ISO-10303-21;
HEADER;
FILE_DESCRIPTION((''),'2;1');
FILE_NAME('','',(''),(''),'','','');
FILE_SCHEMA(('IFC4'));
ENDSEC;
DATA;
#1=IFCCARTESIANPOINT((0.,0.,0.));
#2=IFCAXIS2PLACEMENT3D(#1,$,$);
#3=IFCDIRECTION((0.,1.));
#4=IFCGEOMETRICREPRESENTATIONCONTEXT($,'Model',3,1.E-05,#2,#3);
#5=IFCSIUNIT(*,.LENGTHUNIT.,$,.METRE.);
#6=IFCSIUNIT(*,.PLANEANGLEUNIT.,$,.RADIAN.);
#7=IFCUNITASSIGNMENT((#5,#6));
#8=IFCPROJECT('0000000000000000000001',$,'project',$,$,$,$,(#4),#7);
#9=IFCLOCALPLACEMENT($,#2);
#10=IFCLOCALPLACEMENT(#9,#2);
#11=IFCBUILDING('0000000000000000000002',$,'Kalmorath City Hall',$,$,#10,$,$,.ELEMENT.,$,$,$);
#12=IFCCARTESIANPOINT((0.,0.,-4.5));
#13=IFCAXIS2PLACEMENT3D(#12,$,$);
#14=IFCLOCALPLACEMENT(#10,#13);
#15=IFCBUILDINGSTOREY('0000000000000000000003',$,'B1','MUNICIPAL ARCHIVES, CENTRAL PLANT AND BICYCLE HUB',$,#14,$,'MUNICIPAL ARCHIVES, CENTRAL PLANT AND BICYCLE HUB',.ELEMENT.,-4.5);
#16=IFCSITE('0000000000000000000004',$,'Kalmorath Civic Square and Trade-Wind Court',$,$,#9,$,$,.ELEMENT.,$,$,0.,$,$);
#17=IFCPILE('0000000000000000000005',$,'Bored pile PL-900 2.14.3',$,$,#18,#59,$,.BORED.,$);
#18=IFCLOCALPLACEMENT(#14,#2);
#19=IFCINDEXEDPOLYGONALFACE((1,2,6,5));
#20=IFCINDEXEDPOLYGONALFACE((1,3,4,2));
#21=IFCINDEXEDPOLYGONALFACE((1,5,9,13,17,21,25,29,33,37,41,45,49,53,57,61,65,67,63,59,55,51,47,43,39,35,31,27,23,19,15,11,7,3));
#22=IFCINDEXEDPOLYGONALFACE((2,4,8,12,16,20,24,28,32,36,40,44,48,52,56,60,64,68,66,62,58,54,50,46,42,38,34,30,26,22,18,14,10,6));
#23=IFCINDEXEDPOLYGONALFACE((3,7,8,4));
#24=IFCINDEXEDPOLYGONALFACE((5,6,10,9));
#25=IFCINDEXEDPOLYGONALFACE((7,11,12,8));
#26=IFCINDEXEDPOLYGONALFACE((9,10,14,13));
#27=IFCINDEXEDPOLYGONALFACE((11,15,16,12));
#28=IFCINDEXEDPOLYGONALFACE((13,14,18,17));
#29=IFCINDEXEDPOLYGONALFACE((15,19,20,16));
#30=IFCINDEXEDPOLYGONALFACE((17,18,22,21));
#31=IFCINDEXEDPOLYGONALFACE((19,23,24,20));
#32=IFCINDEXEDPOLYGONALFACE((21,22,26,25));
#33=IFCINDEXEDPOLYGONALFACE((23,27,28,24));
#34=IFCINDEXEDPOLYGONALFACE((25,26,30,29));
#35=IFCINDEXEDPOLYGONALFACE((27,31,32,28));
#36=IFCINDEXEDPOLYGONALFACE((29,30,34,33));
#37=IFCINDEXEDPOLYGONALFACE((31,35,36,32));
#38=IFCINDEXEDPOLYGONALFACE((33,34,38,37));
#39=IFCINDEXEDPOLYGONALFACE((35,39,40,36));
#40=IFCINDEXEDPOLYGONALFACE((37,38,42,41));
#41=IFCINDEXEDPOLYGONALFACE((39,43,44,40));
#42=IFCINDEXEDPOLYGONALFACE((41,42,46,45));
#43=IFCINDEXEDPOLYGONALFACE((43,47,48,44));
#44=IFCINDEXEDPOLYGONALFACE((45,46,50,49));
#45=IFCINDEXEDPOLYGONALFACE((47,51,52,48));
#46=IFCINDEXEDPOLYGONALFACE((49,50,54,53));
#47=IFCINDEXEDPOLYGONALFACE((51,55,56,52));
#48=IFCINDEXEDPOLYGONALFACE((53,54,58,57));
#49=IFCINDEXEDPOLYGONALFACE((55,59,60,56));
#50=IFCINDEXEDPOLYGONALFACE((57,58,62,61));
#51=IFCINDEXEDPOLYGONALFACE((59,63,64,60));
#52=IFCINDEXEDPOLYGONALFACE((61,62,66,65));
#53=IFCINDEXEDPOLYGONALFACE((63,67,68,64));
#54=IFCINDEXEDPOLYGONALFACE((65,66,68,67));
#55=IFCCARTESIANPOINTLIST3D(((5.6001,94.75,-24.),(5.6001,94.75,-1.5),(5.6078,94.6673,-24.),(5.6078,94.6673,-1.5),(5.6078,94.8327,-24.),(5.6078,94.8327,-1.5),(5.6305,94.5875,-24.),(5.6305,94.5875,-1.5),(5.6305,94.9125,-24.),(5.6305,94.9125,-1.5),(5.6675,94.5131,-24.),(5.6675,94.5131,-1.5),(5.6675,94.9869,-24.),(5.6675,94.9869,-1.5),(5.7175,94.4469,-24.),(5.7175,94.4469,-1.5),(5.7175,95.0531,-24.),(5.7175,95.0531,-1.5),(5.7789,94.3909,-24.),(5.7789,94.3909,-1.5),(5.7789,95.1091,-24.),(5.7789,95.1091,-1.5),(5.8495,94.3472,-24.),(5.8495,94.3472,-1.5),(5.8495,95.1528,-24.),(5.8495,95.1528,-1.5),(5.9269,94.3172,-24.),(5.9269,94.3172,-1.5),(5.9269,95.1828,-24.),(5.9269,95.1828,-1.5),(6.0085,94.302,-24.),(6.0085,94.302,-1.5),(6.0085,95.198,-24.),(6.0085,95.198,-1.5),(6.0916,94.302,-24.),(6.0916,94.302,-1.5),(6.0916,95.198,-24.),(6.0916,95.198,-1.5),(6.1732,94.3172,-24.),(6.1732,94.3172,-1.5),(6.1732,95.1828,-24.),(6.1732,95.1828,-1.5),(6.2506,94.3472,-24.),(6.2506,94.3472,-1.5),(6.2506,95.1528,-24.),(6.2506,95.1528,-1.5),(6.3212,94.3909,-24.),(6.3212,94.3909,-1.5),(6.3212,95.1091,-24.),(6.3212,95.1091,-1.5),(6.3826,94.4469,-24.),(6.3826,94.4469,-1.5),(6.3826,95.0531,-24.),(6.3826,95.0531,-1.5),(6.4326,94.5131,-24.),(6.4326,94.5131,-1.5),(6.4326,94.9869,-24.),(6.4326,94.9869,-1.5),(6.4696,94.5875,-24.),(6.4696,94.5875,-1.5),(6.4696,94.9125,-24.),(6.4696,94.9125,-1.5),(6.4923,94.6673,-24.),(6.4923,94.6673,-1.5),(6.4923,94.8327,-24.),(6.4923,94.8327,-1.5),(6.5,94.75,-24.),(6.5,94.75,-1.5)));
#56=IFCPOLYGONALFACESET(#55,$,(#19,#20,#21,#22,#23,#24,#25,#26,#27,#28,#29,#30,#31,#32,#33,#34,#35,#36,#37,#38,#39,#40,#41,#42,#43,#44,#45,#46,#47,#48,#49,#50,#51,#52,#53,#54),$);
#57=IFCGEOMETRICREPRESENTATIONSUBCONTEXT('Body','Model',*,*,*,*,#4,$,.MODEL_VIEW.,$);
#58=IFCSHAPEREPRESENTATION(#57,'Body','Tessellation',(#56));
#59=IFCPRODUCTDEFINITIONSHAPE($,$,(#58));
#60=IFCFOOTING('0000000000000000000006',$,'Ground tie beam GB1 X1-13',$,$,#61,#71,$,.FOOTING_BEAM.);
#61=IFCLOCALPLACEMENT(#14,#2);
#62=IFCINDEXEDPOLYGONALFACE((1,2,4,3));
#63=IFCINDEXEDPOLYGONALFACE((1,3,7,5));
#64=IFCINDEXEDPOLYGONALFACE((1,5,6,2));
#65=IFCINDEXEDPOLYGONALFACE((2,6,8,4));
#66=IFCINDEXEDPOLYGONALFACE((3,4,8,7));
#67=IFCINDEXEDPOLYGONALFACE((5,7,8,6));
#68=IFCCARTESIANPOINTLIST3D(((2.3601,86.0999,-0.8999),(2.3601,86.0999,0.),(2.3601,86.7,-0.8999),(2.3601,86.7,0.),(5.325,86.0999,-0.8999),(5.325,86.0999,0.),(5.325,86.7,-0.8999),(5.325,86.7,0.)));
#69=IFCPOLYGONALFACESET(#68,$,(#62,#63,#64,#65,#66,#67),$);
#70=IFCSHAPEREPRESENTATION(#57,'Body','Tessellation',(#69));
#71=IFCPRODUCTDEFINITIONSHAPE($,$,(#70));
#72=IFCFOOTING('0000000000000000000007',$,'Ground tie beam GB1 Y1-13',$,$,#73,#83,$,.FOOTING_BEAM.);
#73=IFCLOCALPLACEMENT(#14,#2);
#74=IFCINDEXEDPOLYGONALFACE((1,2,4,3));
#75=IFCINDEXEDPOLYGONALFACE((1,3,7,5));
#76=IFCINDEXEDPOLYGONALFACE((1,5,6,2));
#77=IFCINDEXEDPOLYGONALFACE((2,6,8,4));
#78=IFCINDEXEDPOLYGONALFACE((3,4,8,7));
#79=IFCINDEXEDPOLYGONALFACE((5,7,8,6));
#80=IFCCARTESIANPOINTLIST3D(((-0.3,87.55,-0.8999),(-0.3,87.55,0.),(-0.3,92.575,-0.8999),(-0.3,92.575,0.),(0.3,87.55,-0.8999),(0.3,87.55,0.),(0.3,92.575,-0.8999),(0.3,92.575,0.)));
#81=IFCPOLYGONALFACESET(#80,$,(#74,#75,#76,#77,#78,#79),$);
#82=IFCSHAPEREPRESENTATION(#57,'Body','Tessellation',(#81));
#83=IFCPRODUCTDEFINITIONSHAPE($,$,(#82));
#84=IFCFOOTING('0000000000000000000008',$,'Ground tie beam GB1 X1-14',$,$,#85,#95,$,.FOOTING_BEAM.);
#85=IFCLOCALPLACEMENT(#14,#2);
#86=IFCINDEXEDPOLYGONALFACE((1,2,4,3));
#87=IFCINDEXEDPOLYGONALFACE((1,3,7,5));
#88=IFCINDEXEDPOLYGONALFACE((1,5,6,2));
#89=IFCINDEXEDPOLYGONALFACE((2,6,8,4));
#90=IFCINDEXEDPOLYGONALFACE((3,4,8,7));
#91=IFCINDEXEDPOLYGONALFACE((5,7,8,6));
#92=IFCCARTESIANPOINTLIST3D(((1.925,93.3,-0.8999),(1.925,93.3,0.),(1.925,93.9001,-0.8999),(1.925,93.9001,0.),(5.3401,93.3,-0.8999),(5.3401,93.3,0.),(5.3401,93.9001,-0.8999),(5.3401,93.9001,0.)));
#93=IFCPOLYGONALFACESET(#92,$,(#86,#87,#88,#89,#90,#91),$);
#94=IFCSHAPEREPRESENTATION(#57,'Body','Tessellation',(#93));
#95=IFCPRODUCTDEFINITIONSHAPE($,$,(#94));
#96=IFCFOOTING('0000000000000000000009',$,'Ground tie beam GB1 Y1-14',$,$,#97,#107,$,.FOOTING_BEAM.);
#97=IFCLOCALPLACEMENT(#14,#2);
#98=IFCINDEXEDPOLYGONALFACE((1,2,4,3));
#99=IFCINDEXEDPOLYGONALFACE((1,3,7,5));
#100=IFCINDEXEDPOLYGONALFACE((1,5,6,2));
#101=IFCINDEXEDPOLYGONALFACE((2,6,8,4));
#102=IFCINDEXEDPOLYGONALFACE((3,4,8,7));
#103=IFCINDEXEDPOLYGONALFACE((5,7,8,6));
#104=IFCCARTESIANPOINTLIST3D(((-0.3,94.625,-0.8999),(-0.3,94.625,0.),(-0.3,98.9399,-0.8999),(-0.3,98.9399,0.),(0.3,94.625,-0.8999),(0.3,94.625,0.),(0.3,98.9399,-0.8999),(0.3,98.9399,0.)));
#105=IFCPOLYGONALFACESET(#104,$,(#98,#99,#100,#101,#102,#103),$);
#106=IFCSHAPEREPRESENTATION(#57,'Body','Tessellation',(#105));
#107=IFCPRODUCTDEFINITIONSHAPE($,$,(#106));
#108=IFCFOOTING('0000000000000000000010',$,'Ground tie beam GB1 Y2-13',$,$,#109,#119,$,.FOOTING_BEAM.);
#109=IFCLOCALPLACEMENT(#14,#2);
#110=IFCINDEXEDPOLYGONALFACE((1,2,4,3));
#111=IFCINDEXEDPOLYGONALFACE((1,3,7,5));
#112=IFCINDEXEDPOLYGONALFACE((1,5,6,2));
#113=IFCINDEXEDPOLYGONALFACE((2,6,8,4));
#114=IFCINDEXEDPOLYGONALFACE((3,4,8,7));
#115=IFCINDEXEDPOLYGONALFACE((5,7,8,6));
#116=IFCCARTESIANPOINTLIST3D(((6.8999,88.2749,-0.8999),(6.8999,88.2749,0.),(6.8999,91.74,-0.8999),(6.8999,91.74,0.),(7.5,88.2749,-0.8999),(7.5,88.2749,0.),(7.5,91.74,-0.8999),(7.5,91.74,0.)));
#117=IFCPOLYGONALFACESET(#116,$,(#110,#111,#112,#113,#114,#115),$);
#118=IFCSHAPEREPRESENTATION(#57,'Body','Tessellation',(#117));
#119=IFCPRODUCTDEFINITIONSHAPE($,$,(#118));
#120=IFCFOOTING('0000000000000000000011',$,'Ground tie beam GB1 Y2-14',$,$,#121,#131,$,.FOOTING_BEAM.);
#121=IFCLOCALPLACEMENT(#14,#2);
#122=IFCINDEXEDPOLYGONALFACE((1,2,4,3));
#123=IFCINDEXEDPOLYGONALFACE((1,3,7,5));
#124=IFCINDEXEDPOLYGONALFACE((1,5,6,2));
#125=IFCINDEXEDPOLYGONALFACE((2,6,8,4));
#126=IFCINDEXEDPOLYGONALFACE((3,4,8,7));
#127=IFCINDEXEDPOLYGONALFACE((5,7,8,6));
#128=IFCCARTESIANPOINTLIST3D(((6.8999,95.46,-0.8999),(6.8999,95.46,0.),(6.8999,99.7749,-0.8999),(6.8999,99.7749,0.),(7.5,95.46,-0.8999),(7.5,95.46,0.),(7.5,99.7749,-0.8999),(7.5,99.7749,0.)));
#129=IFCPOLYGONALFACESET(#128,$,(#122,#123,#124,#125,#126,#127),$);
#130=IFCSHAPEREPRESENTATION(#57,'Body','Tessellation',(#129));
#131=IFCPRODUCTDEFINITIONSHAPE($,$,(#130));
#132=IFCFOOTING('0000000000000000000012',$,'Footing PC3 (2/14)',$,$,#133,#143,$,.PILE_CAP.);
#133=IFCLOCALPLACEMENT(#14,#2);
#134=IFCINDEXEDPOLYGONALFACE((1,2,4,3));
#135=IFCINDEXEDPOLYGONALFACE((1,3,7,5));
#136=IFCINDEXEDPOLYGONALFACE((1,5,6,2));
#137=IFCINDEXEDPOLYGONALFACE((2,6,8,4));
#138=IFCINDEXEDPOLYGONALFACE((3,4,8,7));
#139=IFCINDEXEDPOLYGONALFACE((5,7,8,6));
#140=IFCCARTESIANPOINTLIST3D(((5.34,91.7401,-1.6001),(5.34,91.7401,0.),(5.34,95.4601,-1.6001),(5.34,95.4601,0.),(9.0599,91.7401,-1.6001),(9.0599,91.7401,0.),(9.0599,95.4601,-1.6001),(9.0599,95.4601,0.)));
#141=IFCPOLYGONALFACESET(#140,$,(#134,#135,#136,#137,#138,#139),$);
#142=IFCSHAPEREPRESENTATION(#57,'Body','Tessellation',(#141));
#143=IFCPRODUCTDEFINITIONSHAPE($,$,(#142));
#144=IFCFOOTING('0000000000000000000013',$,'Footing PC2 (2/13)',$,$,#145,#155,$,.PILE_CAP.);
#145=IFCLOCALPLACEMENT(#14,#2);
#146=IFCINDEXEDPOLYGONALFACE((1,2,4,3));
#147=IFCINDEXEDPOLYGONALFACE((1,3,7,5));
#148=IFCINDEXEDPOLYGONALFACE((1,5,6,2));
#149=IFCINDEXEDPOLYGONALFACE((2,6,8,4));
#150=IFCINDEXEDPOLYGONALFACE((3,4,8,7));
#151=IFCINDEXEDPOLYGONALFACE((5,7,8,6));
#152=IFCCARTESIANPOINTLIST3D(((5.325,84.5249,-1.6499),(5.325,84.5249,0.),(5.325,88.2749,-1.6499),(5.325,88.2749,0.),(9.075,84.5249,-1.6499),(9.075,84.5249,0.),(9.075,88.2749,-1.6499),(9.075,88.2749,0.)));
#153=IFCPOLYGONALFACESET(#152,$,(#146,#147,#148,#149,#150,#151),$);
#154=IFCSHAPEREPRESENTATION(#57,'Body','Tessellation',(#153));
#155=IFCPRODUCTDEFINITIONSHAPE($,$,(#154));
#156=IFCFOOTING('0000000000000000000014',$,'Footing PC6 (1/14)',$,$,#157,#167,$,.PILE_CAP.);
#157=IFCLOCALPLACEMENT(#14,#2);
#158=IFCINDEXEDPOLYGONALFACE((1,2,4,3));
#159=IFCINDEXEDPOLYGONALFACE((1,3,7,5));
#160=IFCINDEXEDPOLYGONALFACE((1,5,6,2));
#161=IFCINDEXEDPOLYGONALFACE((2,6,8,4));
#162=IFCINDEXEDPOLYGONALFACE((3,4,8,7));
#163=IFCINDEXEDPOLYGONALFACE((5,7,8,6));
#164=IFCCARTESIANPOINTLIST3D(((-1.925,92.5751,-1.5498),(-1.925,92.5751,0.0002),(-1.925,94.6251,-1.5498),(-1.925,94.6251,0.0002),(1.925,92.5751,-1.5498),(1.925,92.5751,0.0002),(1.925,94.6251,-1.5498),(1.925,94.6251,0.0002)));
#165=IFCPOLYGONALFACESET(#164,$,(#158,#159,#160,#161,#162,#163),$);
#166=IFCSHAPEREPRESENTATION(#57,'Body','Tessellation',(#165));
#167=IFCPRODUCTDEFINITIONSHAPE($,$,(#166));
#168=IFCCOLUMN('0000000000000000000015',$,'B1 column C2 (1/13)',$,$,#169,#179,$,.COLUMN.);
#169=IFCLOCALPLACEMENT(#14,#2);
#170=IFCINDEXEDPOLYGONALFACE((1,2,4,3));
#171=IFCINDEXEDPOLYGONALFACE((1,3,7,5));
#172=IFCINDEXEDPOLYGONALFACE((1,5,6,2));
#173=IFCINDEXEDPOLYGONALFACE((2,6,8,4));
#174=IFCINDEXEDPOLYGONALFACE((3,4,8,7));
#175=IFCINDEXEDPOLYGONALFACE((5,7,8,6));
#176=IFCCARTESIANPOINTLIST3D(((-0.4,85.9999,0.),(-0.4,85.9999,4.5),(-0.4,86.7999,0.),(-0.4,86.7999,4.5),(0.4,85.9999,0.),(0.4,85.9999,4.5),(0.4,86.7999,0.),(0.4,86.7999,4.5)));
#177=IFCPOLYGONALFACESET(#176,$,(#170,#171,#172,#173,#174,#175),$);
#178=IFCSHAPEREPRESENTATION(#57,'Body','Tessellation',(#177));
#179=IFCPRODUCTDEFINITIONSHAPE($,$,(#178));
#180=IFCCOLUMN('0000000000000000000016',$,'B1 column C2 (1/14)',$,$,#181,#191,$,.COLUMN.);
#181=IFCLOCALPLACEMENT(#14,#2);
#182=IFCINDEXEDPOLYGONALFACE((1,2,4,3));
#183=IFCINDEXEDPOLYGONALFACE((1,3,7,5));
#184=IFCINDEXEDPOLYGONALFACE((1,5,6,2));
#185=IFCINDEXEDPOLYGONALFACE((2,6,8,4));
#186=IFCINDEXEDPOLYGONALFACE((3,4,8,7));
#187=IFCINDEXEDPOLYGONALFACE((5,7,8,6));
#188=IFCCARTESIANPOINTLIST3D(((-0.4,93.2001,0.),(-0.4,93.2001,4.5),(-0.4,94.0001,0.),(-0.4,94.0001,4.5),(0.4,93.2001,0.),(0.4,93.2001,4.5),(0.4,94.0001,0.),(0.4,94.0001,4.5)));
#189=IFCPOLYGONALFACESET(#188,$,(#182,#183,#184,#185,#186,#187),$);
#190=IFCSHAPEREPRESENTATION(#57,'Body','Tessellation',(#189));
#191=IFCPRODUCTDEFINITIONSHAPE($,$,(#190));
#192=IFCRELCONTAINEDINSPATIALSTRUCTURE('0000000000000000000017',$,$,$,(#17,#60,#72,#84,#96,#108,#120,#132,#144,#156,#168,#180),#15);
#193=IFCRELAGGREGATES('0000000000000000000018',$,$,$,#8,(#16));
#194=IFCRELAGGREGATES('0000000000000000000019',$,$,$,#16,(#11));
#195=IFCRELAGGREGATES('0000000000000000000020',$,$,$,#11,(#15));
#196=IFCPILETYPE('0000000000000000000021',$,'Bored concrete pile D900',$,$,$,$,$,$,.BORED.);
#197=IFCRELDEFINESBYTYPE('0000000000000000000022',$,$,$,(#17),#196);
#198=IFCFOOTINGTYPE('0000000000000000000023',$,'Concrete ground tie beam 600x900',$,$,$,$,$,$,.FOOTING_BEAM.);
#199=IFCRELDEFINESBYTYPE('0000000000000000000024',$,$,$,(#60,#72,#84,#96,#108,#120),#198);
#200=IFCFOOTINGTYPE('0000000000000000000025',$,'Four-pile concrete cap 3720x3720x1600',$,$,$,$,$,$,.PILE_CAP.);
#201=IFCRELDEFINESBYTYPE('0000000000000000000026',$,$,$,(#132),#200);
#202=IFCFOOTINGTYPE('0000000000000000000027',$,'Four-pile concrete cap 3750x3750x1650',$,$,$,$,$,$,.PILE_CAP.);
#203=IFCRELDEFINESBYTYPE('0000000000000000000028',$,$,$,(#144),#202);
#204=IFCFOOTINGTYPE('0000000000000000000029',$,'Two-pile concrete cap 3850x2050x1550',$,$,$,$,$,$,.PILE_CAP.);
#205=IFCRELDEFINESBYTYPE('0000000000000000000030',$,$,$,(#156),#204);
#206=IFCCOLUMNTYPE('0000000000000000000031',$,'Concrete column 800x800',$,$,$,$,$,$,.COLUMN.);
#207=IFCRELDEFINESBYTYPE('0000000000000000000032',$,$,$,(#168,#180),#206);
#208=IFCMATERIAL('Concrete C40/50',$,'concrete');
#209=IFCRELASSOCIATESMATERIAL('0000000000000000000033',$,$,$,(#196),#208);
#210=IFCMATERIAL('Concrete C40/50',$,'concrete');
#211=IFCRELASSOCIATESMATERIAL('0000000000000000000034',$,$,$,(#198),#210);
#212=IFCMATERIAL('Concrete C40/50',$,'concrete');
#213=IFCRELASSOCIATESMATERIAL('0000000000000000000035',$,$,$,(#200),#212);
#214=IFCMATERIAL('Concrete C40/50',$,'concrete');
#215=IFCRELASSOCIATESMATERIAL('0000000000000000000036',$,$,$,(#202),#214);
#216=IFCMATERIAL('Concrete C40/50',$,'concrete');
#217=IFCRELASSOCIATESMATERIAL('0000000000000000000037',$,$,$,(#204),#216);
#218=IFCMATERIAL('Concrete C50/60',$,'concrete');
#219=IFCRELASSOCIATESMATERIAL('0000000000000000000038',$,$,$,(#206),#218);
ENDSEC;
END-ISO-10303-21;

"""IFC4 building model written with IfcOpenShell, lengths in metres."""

from ifc_helpers import new_model, si_unit, direction, frame, origin, origin_2d, place, context, subcontext, project, spatial, rectangle, circle, extrude, material, material_profile, profile_set, type_object, element, save


model = new_model("IFC4")

# Units and contexts
model_context = context("Model", 3, precision=1e-05, world=origin(), true_north=direction((0.0, 1.0)))
body_context = subcontext(model_context, "Body", "Model", "MODEL_VIEW")
ifc_project = project(units=[si_unit("LENGTHUNIT", "METRE"), si_unit("PLANEANGLEUNIT", "RADIAN")], contexts=[model_context])

# Site, building, storey
site_placement = place(None, origin())
site = spatial("IfcSite", under=ifc_project, at=site_placement, Name="Kalmorath Civic Square and Trade-Wind Court", CompositionType="ELEMENT", RefElevation=0.0)
building_placement = place(site_placement, origin())
building = spatial("IfcBuilding", under=site, at=building_placement, Name="Kalmorath City Hall", CompositionType="ELEMENT")
storey_placement = place(building_placement, frame((0.0, 0.0, -4.5)))
storey = spatial("IfcBuildingStorey", under=building, at=storey_placement, Name="B1", Description="MUNICIPAL ARCHIVES, CENTRAL PLANT AND BICYCLE HUB", LongName="MUNICIPAL ARCHIVES, CENTRAL PLANT AND BICYCLE HUB", CompositionType="ELEMENT", Elevation=-4.5)

# Pile
ifc_material_1 = material(Name="Concrete C40/50", Category="concrete")
ifc_material_profile_1 = material_profile(ifc_material_1, circle(Radius=0.45, at=origin_2d()), Name="PILE-D900")
ifc_profile_set_1 = profile_set([ifc_material_profile_1], Name="Concrete C40/50")
pile_type_1 = type_object("IfcPileType", Name="Bored concrete pile D900", PredefinedType="BORED", material=ifc_profile_set_1)
for number, where, z_axis, x_axis, name in (
    (1, (6.05, 94.75, -1.5), (0.0, 0.0, -1.0), (1.0, 0.0, 0.0), "Bored pile PL-900 2.14.3"),
):
    element("IfcPile", number, at=place(storey_placement, frame(where, z_axis=z_axis, x_axis=x_axis)), inside=storey, type_object=pile_type_1, Name=name, PredefinedType="BORED", context=body_context, shape_type="SweptSolid", body=[
        extrude(circle(Radius=0.45, at=origin_2d()), origin(), (0.0, 0.0, 1.0), 22.5),
    ])

# Footings
ifc_material_2 = material(Name="Concrete C40/50", Category="concrete")
ifc_material_profile_2 = material_profile(ifc_material_2, rectangle(XDim=0.6001, YDim=0.8999, at=origin_2d()), Name="RC-BM-600X900")
ifc_profile_set_2 = profile_set([ifc_material_profile_2], Name="Concrete C40/50")
footing_type_1 = type_object("IfcFootingType", Name="Concrete ground tie beam 600x900", PredefinedType="FOOTING_BEAM", material=ifc_profile_set_2)
footing_1_placement = place(storey_placement, frame((2.3601, 86.3999, -0.45), z_axis=(1.0, 0.0, 0.0), x_axis=(0.0, 1.0, 0.0)))
element("IfcFooting", 2, at=footing_1_placement, inside=storey, type_object=footing_type_1, Name="Ground tie beam GB1 X1-13", PredefinedType="FOOTING_BEAM", context=body_context, shape_type="SweptSolid", body=[
    extrude(rectangle(XDim=0.6001, YDim=0.8999, at=origin_2d()), origin(), (0.0, 0.0, 1.0), 2.9648),
])
footing_2_placement = place(storey_placement, frame((0.0, 87.55, -0.45), z_axis=(0.0, 1.0, 0.0), x_axis=(-1.0, 0.0, 0.0)))
element("IfcFooting", 3, at=footing_2_placement, inside=storey, type_object=footing_type_1, Name="Ground tie beam GB1 Y1-13", PredefinedType="FOOTING_BEAM", context=body_context, shape_type="SweptSolid", body=[
    extrude(rectangle(XDim=0.6001, YDim=0.8999, at=origin_2d()), origin(), (0.0, 0.0, 1.0), 5.0249),
])
footing_3_placement = place(storey_placement, frame((1.925, 93.6001, -0.45), z_axis=(1.0, 0.0, 0.0), x_axis=(0.0, 1.0, 0.0)))
element("IfcFooting", 4, at=footing_3_placement, inside=storey, type_object=footing_type_1, Name="Ground tie beam GB1 X1-14", PredefinedType="FOOTING_BEAM", context=body_context, shape_type="SweptSolid", body=[
    extrude(rectangle(XDim=0.6001, YDim=0.8999, at=origin_2d()), origin(), (0.0, 0.0, 1.0), 3.415),
])
footing_4_placement = place(storey_placement, frame((0.0, 94.625, -0.45), z_axis=(0.0, 1.0, 0.0), x_axis=(-1.0, 0.0, 0.0)))
element("IfcFooting", 5, at=footing_4_placement, inside=storey, type_object=footing_type_1, Name="Ground tie beam GB1 Y1-14", PredefinedType="FOOTING_BEAM", context=body_context, shape_type="SweptSolid", body=[
    extrude(rectangle(XDim=0.6001, YDim=0.8999, at=origin_2d()), origin(), (0.0, 0.0, 1.0), 4.3149),
])
footing_5_placement = place(storey_placement, frame((7.2, 88.2749, -0.45), z_axis=(0.0, 1.0, 0.0), x_axis=(-1.0, 0.0, 0.0)))
element("IfcFooting", 6, at=footing_5_placement, inside=storey, type_object=footing_type_1, Name="Ground tie beam GB1 Y2-13", PredefinedType="FOOTING_BEAM", context=body_context, shape_type="SweptSolid", body=[
    extrude(rectangle(XDim=0.6001, YDim=0.8999, at=origin_2d()), origin(), (0.0, 0.0, 1.0), 3.4651),
])
footing_6_placement = place(storey_placement, frame((7.2, 95.46, -0.45), z_axis=(0.0, 1.0, 0.0), x_axis=(-1.0, 0.0, 0.0)))
element("IfcFooting", 7, at=footing_6_placement, inside=storey, type_object=footing_type_1, Name="Ground tie beam GB1 Y2-14", PredefinedType="FOOTING_BEAM", context=body_context, shape_type="SweptSolid", body=[
    extrude(rectangle(XDim=0.6001, YDim=0.8999, at=origin_2d()), origin(), (0.0, 0.0, 1.0), 4.3149),
])
ifc_material_3 = material(Name="Concrete C40/50", Category="concrete")
footing_type_2 = type_object("IfcFootingType", Name="Four-pile concrete cap 3720x3720x1600", PredefinedType="PILE_CAP", material=ifc_material_3)
footing_7_placement = place(storey_placement, frame((7.2, 93.6001, -1.6001), z_axis=(0.0, 0.0, 1.0), x_axis=(1.0, 0.0, 0.0)))
element("IfcFooting", 8, at=footing_7_placement, inside=storey, type_object=footing_type_2, Name="Footing PC3 (2/14)", PredefinedType="PILE_CAP", context=body_context, shape_type="SweptSolid", body=[
    extrude(rectangle(XDim=3.72, YDim=3.72, at=origin_2d()), origin(), (0.0, 0.0, 1.0), 1.6001),
])
ifc_material_4 = material(Name="Concrete C40/50", Category="concrete")
footing_type_3 = type_object("IfcFootingType", Name="Four-pile concrete cap 3750x3750x1650", PredefinedType="PILE_CAP", material=ifc_material_4)
footing_8_placement = place(storey_placement, frame((7.2, 86.3999, -1.6499), z_axis=(0.0, 0.0, 1.0), x_axis=(1.0, 0.0, 0.0)))
element("IfcFooting", 9, at=footing_8_placement, inside=storey, type_object=footing_type_3, Name="Footing PC2 (2/13)", PredefinedType="PILE_CAP", context=body_context, shape_type="SweptSolid", body=[
    extrude(rectangle(XDim=3.75, YDim=3.75, at=origin_2d()), origin(), (0.0, 0.0, 1.0), 1.6499),
])
ifc_material_5 = material(Name="Concrete C40/50", Category="concrete")
footing_type_4 = type_object("IfcFootingType", Name="Two-pile concrete cap 3850x2050x1550", PredefinedType="PILE_CAP", material=ifc_material_5)
footing_9_placement = place(storey_placement, frame((0.0, 93.6001, -1.5498), z_axis=(0.0, 0.0, 1.0), x_axis=(1.0, 0.0, 0.0)))
element("IfcFooting", 10, at=footing_9_placement, inside=storey, type_object=footing_type_4, Name="Footing PC6 (1/14)", PredefinedType="PILE_CAP", context=body_context, shape_type="SweptSolid", body=[
    extrude(rectangle(XDim=3.8501, YDim=2.05, at=origin_2d()), origin(), (0.0, 0.0, 1.0), 1.55),
])

# Columns
ifc_material_6 = material(Name="Concrete C50/60", Category="concrete")
ifc_material_profile_3 = material_profile(ifc_material_6, rectangle(XDim=0.8, YDim=0.8, at=origin_2d()), Name="RC-COL-800X800")
ifc_profile_set_3 = profile_set([ifc_material_profile_3], Name="Concrete C50/60")
column_type = type_object("IfcColumnType", Name="Concrete column 800x800", PredefinedType="COLUMN", material=ifc_profile_set_3)
for number, where, z_axis, x_axis, name in (
    (11, (0.0, 86.3999, 0.0), (0.0, 0.0, 1.0), (1.0, 0.0, 0.0), "B1 column C2 (1/13)"),
    (12, (0.0, 93.6001, 0.0), (0.0, 0.0, 1.0), (1.0, 0.0, 0.0), "B1 column C2 (1/14)"),
):
    element("IfcColumn", number, at=place(storey_placement, frame(where, z_axis=z_axis, x_axis=x_axis)), inside=storey, type_object=column_type, Name=name, PredefinedType="COLUMN", context=body_context, shape_type="SweptSolid", body=[
        extrude(rectangle(XDim=0.8, YDim=0.8, at=origin_2d()), origin(), (0.0, 0.0, 1.0), 4.5),
    ])

save(model, "model.ifc")
